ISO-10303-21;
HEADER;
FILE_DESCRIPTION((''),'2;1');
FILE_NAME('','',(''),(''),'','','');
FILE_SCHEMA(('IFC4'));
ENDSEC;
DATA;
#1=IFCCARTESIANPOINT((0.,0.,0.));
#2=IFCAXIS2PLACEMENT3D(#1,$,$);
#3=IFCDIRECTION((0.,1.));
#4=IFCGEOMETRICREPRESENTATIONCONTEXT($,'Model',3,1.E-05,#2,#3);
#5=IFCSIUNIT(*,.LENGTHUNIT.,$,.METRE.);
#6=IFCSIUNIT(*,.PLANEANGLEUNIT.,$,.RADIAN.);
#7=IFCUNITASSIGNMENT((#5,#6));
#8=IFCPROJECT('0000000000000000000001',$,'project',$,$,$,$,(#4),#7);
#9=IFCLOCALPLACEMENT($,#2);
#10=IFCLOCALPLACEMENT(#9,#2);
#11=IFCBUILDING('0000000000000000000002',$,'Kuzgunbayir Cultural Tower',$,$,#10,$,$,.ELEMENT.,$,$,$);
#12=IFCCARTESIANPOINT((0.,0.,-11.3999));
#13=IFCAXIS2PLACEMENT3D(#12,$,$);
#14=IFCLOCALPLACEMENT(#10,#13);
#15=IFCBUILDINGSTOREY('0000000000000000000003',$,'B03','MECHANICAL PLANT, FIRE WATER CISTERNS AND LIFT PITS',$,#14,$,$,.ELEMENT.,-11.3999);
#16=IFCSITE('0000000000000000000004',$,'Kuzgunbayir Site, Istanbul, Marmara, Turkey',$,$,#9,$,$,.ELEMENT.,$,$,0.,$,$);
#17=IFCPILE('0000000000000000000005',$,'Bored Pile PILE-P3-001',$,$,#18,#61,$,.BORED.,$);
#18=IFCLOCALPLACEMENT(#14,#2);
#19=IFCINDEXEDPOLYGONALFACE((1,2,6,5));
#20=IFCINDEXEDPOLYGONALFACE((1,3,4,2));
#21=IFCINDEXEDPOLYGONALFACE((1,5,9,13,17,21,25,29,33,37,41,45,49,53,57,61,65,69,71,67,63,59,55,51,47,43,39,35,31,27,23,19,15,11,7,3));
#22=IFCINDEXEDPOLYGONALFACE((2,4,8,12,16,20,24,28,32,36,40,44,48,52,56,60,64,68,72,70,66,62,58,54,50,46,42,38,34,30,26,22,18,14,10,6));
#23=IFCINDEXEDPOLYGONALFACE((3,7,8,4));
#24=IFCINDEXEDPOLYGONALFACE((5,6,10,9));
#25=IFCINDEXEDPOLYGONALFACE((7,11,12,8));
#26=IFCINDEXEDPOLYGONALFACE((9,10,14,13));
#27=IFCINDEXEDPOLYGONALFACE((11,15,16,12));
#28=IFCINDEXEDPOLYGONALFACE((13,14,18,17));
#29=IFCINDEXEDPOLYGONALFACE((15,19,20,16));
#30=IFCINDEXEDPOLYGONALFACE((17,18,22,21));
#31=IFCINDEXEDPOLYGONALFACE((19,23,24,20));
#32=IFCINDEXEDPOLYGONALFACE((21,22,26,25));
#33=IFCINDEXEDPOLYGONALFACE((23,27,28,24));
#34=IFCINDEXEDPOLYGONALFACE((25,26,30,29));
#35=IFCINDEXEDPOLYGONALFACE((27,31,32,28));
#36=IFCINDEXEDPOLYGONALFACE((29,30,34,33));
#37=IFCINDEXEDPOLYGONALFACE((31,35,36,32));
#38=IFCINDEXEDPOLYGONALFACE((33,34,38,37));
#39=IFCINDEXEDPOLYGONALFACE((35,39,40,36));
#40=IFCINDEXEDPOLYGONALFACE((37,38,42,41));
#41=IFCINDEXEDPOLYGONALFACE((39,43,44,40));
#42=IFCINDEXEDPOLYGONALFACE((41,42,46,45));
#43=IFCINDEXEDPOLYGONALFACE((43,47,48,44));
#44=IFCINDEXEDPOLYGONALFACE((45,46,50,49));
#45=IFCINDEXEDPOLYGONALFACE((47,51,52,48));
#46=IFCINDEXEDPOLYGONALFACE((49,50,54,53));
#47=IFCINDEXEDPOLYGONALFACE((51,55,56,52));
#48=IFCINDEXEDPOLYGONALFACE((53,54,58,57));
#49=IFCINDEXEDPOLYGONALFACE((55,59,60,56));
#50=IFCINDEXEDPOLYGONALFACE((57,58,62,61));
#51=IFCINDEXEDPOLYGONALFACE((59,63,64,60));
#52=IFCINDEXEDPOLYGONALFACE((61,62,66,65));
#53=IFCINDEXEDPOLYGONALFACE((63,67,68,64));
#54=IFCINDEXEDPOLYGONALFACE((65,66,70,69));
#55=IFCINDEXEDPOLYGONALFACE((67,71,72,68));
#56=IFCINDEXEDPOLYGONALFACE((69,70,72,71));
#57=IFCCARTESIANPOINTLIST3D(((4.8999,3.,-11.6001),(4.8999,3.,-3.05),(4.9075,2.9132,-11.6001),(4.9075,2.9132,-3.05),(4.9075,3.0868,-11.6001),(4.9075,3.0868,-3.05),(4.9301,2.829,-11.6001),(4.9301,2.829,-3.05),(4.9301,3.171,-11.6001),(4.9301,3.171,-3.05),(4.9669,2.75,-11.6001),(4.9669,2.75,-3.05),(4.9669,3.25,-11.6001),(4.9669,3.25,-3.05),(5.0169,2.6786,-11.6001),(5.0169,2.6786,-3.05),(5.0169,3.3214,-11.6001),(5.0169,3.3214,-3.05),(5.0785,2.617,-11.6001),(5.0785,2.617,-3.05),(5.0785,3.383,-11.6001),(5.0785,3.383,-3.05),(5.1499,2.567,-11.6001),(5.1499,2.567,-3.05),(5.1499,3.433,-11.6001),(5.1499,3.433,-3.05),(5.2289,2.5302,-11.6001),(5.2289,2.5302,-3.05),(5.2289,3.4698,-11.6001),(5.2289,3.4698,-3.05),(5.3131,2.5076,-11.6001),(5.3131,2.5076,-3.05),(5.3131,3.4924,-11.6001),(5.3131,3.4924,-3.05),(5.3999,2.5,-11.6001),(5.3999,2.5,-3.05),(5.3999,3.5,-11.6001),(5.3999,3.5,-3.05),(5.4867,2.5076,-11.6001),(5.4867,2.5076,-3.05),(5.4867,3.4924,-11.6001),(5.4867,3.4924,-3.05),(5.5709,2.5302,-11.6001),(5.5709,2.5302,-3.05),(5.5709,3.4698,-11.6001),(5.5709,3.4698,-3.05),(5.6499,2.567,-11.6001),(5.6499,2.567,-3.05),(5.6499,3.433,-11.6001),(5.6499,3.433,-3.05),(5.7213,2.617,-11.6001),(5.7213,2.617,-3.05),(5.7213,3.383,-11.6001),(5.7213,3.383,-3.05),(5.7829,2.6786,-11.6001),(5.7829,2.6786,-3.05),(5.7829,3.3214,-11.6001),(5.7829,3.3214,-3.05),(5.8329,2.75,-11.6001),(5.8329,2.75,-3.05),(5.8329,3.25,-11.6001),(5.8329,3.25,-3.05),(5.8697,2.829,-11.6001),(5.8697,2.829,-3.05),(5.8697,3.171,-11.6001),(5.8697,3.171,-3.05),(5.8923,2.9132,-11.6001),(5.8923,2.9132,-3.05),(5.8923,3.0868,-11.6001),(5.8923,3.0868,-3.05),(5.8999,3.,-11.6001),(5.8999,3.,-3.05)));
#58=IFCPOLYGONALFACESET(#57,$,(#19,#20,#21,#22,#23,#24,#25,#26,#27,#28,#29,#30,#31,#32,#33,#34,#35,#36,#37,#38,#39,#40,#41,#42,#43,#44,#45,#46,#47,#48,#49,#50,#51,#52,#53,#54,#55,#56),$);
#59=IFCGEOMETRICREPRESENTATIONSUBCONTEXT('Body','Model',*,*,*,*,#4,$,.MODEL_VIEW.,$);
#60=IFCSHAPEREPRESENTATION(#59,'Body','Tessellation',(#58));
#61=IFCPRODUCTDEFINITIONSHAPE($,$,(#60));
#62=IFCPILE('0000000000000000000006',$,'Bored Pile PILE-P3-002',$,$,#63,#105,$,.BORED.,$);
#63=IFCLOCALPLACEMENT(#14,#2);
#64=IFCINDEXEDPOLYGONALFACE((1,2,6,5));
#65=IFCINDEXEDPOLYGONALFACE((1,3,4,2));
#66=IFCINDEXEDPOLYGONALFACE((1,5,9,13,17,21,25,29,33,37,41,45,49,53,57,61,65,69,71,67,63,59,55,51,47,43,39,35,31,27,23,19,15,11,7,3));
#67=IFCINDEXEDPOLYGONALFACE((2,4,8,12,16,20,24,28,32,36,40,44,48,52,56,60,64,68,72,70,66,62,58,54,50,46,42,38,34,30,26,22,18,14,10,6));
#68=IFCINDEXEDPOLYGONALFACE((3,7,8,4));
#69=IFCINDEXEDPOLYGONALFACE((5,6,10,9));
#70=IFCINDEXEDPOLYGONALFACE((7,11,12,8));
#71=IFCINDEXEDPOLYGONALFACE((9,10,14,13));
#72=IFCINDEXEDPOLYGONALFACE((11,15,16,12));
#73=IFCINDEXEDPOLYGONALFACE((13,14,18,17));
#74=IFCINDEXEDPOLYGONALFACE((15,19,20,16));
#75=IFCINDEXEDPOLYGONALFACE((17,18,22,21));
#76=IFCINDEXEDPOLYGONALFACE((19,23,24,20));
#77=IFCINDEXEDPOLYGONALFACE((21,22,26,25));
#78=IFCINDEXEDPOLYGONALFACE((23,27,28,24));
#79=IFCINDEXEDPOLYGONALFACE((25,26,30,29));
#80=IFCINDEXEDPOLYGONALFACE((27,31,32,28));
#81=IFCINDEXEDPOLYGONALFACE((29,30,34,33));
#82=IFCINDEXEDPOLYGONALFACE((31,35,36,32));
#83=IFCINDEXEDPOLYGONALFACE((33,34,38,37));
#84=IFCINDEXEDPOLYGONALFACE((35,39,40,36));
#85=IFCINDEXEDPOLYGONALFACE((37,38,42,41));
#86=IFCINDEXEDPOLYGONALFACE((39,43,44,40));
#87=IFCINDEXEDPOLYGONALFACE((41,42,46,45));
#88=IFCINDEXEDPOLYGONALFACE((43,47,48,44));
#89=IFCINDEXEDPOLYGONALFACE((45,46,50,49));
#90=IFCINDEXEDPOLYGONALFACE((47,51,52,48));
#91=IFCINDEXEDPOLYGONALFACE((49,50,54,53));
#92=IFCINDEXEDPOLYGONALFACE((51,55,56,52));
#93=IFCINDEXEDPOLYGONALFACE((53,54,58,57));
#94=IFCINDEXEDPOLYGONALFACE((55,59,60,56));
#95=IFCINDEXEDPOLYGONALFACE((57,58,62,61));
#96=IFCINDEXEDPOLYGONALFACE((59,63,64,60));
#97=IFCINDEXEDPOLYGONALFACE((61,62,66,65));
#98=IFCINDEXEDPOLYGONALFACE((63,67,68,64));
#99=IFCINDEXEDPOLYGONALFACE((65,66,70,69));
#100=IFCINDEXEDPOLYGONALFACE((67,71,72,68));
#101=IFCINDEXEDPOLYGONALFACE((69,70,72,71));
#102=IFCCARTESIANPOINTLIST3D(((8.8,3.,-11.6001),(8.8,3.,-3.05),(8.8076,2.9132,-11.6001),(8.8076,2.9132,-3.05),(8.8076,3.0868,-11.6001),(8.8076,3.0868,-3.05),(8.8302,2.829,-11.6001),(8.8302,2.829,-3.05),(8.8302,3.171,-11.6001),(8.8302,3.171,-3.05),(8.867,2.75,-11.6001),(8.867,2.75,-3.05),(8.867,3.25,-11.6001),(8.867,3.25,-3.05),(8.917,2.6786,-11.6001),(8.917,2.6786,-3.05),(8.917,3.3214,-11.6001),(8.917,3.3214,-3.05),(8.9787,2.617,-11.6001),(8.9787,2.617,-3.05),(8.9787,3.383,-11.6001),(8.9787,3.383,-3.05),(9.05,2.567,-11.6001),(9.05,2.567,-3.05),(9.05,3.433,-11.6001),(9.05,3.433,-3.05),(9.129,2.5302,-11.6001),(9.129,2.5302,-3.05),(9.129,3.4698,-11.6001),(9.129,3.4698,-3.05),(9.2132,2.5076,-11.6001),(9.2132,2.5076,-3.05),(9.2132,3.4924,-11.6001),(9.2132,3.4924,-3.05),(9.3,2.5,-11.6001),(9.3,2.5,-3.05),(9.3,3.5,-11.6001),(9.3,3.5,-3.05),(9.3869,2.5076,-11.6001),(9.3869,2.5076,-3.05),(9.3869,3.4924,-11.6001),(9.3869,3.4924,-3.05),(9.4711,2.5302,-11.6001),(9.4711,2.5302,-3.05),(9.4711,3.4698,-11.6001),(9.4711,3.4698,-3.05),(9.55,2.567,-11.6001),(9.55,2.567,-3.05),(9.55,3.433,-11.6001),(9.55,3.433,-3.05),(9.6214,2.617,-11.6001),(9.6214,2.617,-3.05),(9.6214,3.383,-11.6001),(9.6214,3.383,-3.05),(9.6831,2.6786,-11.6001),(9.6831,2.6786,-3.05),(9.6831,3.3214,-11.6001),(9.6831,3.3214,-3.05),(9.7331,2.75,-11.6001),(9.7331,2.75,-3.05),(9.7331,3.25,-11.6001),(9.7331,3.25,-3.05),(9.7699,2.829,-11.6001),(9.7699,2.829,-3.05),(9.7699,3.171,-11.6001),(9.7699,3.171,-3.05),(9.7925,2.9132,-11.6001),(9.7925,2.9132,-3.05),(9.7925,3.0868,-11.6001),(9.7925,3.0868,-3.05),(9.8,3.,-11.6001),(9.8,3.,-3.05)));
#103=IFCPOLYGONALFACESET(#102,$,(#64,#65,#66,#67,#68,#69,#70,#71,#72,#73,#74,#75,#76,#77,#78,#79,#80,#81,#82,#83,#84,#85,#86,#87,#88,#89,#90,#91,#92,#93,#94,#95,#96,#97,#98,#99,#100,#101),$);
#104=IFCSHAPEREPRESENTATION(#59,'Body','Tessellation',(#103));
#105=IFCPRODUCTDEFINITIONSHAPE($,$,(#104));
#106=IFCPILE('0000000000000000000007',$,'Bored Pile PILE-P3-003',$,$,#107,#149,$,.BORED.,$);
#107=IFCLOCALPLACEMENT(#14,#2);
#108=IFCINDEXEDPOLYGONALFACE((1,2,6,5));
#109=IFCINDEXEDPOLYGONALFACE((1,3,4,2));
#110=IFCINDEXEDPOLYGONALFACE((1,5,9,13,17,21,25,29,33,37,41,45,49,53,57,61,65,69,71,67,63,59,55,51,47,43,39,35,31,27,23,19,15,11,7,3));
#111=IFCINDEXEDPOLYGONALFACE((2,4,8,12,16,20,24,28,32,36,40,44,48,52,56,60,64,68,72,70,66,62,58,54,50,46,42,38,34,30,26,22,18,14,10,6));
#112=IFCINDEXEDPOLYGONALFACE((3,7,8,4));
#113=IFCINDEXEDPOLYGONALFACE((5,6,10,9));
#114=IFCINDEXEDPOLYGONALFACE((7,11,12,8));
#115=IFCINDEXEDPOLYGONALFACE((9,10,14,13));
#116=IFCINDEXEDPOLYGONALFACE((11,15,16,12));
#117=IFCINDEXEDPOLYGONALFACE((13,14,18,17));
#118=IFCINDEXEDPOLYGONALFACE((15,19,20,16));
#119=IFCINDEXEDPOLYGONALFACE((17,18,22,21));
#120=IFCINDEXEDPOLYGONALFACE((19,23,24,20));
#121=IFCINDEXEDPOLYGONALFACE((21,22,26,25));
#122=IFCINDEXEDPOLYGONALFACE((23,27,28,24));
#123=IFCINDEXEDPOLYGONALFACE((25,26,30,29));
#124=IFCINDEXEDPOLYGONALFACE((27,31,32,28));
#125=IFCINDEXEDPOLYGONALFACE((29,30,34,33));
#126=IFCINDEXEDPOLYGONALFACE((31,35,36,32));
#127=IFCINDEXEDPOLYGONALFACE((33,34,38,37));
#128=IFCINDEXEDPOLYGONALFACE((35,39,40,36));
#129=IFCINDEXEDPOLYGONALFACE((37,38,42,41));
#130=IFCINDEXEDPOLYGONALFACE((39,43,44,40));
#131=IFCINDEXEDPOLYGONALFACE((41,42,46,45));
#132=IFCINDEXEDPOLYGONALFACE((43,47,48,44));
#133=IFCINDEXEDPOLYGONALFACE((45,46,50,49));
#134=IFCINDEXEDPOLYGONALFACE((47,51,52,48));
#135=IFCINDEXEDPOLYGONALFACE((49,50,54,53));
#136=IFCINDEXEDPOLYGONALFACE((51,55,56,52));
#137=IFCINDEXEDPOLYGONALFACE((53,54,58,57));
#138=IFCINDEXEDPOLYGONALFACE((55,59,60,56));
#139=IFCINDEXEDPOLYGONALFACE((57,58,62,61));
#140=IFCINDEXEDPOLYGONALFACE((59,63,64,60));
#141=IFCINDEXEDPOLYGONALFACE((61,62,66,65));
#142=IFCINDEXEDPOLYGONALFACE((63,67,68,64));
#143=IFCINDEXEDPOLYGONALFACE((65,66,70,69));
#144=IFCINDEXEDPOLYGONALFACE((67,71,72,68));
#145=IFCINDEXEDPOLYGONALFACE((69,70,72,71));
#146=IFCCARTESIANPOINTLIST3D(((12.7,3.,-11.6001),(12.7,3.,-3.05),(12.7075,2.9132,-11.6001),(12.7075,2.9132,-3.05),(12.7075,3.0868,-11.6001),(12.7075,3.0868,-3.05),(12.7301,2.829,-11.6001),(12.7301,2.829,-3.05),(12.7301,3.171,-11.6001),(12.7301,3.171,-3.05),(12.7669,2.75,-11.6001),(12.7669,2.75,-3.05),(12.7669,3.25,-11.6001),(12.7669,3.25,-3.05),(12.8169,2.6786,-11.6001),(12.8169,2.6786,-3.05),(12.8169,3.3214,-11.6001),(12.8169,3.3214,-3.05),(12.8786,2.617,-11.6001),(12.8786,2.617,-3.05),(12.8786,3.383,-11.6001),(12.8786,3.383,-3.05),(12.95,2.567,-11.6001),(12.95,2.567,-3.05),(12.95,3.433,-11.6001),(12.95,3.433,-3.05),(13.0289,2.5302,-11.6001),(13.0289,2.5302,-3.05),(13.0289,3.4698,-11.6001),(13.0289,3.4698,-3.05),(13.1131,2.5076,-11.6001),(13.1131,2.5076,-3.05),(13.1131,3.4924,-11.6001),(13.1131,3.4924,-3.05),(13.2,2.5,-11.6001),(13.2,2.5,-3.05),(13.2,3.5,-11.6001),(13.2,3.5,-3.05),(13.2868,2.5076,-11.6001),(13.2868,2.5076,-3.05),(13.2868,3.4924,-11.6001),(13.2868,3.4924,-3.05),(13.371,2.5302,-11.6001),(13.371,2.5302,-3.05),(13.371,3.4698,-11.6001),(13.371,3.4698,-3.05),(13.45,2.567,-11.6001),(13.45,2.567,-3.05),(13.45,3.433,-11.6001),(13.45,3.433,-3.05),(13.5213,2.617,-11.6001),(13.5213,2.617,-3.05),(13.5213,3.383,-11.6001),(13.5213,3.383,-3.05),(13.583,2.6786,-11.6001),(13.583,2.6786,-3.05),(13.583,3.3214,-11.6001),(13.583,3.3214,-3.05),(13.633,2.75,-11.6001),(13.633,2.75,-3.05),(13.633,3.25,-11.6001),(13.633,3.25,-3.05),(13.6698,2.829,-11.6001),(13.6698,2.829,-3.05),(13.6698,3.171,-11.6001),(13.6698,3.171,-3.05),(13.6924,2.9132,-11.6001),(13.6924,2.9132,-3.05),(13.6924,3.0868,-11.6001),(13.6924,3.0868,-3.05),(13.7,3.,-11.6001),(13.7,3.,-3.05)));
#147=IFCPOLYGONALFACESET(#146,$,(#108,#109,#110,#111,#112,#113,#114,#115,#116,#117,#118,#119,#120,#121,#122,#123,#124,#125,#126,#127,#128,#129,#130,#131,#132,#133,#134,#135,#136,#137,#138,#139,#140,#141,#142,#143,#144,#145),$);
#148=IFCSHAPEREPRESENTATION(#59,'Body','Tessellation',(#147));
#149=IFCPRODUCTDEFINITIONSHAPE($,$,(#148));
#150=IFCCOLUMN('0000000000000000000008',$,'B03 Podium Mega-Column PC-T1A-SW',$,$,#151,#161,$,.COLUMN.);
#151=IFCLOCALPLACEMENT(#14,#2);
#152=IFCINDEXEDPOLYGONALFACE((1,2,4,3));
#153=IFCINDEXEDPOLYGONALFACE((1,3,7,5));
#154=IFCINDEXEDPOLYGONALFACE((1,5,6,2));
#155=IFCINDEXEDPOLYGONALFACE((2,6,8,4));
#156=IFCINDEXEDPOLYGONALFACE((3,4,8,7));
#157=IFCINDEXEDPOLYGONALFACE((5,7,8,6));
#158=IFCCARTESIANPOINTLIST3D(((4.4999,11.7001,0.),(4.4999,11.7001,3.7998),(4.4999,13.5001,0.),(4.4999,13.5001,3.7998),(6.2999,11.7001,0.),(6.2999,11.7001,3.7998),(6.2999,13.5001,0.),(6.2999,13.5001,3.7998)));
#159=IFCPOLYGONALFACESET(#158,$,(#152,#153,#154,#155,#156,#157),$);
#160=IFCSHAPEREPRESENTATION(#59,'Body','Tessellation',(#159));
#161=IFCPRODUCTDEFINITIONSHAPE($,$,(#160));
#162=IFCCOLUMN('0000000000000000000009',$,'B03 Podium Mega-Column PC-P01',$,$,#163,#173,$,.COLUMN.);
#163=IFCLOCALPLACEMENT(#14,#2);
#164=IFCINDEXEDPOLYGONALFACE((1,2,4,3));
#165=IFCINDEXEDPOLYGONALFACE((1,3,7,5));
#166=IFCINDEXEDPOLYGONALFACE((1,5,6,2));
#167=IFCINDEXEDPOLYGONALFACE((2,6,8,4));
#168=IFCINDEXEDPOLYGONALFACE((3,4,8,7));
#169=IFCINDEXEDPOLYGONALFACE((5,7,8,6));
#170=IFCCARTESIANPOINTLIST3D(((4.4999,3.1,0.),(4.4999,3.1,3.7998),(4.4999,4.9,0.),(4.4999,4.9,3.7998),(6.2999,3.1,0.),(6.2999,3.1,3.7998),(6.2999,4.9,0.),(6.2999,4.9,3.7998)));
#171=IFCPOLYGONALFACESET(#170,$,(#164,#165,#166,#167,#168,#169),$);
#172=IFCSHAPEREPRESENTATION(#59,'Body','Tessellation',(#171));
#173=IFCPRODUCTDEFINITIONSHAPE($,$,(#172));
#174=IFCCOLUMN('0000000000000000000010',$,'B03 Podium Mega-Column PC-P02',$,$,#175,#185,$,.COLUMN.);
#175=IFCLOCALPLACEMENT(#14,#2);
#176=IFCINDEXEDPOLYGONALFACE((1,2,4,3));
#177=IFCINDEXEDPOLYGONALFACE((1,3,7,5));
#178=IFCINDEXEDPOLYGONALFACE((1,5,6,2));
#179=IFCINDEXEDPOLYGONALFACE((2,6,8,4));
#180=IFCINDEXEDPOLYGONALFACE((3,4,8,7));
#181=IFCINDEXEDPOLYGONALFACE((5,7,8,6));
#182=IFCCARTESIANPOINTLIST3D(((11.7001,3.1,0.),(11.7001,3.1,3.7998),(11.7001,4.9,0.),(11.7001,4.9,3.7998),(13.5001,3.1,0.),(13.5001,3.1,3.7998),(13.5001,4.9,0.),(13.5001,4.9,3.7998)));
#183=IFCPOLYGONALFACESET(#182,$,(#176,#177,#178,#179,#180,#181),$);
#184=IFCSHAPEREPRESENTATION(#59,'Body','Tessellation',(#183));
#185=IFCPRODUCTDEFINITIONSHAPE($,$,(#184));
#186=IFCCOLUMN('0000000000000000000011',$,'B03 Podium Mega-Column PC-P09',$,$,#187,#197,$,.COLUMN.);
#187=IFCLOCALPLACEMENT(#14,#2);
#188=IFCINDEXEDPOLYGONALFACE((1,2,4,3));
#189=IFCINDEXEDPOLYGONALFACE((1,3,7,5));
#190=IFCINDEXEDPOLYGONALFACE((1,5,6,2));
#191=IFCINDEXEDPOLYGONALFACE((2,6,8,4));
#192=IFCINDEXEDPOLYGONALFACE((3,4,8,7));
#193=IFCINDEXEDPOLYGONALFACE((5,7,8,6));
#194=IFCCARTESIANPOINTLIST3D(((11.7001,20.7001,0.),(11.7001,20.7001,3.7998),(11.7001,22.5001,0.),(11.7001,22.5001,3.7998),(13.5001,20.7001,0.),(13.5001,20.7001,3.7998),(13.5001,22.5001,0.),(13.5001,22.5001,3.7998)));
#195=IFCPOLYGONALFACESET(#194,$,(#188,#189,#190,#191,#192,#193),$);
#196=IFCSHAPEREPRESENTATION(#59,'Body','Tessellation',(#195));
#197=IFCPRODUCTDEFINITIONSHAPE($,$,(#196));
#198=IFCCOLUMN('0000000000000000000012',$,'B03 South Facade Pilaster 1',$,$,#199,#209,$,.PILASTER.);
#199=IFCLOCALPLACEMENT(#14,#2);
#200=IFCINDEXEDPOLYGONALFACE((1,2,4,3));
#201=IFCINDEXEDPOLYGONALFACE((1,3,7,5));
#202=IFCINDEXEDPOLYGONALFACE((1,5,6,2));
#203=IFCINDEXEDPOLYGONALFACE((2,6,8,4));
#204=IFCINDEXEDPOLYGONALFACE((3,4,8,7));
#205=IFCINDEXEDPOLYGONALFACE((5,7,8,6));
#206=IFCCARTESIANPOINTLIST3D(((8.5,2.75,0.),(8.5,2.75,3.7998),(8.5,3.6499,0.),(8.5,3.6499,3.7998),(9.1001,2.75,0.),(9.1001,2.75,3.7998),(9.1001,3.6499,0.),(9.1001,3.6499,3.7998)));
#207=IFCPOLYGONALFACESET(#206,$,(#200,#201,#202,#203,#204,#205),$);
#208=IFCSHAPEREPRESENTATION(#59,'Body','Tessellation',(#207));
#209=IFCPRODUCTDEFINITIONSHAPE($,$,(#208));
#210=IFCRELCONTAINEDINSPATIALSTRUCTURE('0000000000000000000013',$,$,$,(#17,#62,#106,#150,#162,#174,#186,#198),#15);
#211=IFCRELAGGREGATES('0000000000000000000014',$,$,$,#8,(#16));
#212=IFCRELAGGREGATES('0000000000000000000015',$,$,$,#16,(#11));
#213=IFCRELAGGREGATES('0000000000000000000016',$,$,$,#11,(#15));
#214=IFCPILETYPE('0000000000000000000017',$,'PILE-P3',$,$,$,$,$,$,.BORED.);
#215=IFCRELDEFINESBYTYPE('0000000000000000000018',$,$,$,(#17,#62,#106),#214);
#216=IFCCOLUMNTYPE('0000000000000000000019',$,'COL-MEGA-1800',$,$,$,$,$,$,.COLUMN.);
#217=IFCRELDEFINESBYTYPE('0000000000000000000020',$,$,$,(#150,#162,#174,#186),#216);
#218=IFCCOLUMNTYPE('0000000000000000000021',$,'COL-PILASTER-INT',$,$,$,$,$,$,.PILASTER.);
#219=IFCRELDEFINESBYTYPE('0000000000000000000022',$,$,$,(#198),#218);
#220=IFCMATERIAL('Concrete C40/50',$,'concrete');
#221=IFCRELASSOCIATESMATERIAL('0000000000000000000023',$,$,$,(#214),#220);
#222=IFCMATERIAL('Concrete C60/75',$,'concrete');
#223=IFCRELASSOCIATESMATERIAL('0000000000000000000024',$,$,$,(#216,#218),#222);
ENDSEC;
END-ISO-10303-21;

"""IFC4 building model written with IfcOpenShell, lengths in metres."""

from ifc_helpers import new_model, si_unit, direction, frame, origin, origin_2d, place, context, subcontext, project, spatial, rectangle, circle, extrude, material, material_profile, profile_set, type_object, element, save


model = new_model("IFC4")

# Units and contexts
model_context = context("Model", 3, precision=1e-05, world=origin(), true_north=direction((0.0, 1.0)))
body_context = subcontext(model_context, "Body", "Model", "MODEL_VIEW")
ifc_project = project(units=[si_unit("LENGTHUNIT", "METRE"), si_unit("PLANEANGLEUNIT", "RADIAN")], contexts=[model_context])

# Site, building, storey
site_placement = place(None, origin())
site = spatial("IfcSite", under=ifc_project, at=site_placement, Name="Kuzgunbayir Site, Istanbul, Marmara, Turkey", CompositionType="ELEMENT", RefElevation=0.0)
building_placement = place(site_placement, origin())
building = spatial("IfcBuilding", under=site, at=building_placement, Name="Kuzgunbayir Cultural Tower", CompositionType="ELEMENT")
storey_placement = place(building_placement, frame((0.0, 0.0, -11.3999)))
storey = spatial("IfcBuildingStorey", under=building, at=storey_placement, Name="B03", Description="MECHANICAL PLANT, FIRE WATER CISTERNS AND LIFT PITS", CompositionType="ELEMENT", Elevation=-11.3999)

# Shared definitions
ifc_material_1 = material(Name="Concrete C40/50", Category="concrete")

# Piles
ifc_material_profile_1 = material_profile(ifc_material_1, circle(Radius=0.5, at=origin_2d()), Name="BORED PILE 1000")
ifc_profile_set_1 = profile_set([ifc_material_profile_1], Name="Concrete C40/50")
pile_type_1 = type_object("IfcPileType", Name="PILE-P3", PredefinedType="BORED", material=ifc_profile_set_1)
for number, where, z_axis, x_axis, name in (
    (1, (5.3999, 3.0, -3.05), (0.0, 0.0, -1.0), (1.0, 0.0, 0.0), "Bored Pile PILE-P3-001"),
    (2, (9.3, 3.0, -3.05), (0.0, 0.0, -1.0), (1.0, 0.0, 0.0), "Bored Pile PILE-P3-002"),
    (3, (13.2, 3.0, -3.05), (0.0, 0.0, -1.0), (1.0, 0.0, 0.0), "Bored Pile PILE-P3-003"),
):
    element("IfcPile", number, at=place(storey_placement, frame(where, z_axis=z_axis, x_axis=x_axis)), inside=storey, type_object=pile_type_1, Name=name, PredefinedType="BORED", context=body_context, shape_type="SweptSolid", body=[
        extrude(circle(Radius=0.5, at=origin_2d()), origin(), (0.0, 0.0, 1.0), 8.55),
    ])

# Columns
ifc_material_2 = material(Name="Concrete C60/75", Category="concrete")
ifc_material_profile_2 = material_profile(ifc_material_2, rectangle(XDim=1.8, YDim=1.8, at=origin_2d()), Name="RC 1800x1800")
ifc_profile_set_2 = profile_set([ifc_material_profile_2], Name="Concrete C60/75")
column_type_1 = type_object("IfcColumnType", Name="COL-MEGA-1800", PredefinedType="COLUMN", material=ifc_profile_set_2)
for number, where, z_axis, x_axis, name in (
    (4, (5.3999, 12.6001, 0.0), (0.0, 0.0, 1.0), (1.0, 0.0, 0.0), "B03 Podium Mega-Column PC-T1A-SW"),
    (5, (5.3999, 4.0, 0.0), (0.0, 0.0, 1.0), (1.0, 0.0, 0.0), "B03 Podium Mega-Column PC-P01"),
    (6, (12.6001, 4.0, 0.0), (0.0, 0.0, 1.0), (1.0, 0.0, 0.0), "B03 Podium Mega-Column PC-P02"),
    (7, (12.6001, 21.6001, 0.0), (0.0, 0.0, 1.0), (1.0, 0.0, 0.0), "B03 Podium Mega-Column PC-P09"),
):
    element("IfcColumn", number, at=place(storey_placement, frame(where, z_axis=z_axis, x_axis=x_axis)), inside=storey, type_object=column_type_1, Name=name, PredefinedType="COLUMN", context=body_context, shape_type="SweptSolid", body=[
        extrude(rectangle(XDim=1.8, YDim=1.8, at=origin_2d()), origin(), (0.0, 0.0, 1.0), 3.7998),
    ])
ifc_material_profile_3 = material_profile(ifc_material_2, rectangle(XDim=0.6001, YDim=0.8999, at=origin_2d()), Name="RC 600x900")
ifc_profile_set_3 = profile_set([ifc_material_profile_3], Name="Concrete C60/75")
column_type_2 = type_object("IfcColumnType", Name="COL-PILASTER-INT", PredefinedType="PILASTER", material=ifc_profile_set_3)
column_placement = place(storey_placement, frame((8.8, 3.2, 0.0), z_axis=(0.0, 0.0, 1.0), x_axis=(1.0, 0.0, 0.0)))
element("IfcColumn", 8, at=column_placement, inside=storey, type_object=column_type_2, Name="B03 South Facade Pilaster 1", PredefinedType="PILASTER", context=body_context, shape_type="SweptSolid", body=[
    extrude(rectangle(XDim=0.6001, YDim=0.8999, at=origin_2d()), origin(), (0.0, 0.0, 1.0), 3.7998),
])

save(model, "model.ifc")
